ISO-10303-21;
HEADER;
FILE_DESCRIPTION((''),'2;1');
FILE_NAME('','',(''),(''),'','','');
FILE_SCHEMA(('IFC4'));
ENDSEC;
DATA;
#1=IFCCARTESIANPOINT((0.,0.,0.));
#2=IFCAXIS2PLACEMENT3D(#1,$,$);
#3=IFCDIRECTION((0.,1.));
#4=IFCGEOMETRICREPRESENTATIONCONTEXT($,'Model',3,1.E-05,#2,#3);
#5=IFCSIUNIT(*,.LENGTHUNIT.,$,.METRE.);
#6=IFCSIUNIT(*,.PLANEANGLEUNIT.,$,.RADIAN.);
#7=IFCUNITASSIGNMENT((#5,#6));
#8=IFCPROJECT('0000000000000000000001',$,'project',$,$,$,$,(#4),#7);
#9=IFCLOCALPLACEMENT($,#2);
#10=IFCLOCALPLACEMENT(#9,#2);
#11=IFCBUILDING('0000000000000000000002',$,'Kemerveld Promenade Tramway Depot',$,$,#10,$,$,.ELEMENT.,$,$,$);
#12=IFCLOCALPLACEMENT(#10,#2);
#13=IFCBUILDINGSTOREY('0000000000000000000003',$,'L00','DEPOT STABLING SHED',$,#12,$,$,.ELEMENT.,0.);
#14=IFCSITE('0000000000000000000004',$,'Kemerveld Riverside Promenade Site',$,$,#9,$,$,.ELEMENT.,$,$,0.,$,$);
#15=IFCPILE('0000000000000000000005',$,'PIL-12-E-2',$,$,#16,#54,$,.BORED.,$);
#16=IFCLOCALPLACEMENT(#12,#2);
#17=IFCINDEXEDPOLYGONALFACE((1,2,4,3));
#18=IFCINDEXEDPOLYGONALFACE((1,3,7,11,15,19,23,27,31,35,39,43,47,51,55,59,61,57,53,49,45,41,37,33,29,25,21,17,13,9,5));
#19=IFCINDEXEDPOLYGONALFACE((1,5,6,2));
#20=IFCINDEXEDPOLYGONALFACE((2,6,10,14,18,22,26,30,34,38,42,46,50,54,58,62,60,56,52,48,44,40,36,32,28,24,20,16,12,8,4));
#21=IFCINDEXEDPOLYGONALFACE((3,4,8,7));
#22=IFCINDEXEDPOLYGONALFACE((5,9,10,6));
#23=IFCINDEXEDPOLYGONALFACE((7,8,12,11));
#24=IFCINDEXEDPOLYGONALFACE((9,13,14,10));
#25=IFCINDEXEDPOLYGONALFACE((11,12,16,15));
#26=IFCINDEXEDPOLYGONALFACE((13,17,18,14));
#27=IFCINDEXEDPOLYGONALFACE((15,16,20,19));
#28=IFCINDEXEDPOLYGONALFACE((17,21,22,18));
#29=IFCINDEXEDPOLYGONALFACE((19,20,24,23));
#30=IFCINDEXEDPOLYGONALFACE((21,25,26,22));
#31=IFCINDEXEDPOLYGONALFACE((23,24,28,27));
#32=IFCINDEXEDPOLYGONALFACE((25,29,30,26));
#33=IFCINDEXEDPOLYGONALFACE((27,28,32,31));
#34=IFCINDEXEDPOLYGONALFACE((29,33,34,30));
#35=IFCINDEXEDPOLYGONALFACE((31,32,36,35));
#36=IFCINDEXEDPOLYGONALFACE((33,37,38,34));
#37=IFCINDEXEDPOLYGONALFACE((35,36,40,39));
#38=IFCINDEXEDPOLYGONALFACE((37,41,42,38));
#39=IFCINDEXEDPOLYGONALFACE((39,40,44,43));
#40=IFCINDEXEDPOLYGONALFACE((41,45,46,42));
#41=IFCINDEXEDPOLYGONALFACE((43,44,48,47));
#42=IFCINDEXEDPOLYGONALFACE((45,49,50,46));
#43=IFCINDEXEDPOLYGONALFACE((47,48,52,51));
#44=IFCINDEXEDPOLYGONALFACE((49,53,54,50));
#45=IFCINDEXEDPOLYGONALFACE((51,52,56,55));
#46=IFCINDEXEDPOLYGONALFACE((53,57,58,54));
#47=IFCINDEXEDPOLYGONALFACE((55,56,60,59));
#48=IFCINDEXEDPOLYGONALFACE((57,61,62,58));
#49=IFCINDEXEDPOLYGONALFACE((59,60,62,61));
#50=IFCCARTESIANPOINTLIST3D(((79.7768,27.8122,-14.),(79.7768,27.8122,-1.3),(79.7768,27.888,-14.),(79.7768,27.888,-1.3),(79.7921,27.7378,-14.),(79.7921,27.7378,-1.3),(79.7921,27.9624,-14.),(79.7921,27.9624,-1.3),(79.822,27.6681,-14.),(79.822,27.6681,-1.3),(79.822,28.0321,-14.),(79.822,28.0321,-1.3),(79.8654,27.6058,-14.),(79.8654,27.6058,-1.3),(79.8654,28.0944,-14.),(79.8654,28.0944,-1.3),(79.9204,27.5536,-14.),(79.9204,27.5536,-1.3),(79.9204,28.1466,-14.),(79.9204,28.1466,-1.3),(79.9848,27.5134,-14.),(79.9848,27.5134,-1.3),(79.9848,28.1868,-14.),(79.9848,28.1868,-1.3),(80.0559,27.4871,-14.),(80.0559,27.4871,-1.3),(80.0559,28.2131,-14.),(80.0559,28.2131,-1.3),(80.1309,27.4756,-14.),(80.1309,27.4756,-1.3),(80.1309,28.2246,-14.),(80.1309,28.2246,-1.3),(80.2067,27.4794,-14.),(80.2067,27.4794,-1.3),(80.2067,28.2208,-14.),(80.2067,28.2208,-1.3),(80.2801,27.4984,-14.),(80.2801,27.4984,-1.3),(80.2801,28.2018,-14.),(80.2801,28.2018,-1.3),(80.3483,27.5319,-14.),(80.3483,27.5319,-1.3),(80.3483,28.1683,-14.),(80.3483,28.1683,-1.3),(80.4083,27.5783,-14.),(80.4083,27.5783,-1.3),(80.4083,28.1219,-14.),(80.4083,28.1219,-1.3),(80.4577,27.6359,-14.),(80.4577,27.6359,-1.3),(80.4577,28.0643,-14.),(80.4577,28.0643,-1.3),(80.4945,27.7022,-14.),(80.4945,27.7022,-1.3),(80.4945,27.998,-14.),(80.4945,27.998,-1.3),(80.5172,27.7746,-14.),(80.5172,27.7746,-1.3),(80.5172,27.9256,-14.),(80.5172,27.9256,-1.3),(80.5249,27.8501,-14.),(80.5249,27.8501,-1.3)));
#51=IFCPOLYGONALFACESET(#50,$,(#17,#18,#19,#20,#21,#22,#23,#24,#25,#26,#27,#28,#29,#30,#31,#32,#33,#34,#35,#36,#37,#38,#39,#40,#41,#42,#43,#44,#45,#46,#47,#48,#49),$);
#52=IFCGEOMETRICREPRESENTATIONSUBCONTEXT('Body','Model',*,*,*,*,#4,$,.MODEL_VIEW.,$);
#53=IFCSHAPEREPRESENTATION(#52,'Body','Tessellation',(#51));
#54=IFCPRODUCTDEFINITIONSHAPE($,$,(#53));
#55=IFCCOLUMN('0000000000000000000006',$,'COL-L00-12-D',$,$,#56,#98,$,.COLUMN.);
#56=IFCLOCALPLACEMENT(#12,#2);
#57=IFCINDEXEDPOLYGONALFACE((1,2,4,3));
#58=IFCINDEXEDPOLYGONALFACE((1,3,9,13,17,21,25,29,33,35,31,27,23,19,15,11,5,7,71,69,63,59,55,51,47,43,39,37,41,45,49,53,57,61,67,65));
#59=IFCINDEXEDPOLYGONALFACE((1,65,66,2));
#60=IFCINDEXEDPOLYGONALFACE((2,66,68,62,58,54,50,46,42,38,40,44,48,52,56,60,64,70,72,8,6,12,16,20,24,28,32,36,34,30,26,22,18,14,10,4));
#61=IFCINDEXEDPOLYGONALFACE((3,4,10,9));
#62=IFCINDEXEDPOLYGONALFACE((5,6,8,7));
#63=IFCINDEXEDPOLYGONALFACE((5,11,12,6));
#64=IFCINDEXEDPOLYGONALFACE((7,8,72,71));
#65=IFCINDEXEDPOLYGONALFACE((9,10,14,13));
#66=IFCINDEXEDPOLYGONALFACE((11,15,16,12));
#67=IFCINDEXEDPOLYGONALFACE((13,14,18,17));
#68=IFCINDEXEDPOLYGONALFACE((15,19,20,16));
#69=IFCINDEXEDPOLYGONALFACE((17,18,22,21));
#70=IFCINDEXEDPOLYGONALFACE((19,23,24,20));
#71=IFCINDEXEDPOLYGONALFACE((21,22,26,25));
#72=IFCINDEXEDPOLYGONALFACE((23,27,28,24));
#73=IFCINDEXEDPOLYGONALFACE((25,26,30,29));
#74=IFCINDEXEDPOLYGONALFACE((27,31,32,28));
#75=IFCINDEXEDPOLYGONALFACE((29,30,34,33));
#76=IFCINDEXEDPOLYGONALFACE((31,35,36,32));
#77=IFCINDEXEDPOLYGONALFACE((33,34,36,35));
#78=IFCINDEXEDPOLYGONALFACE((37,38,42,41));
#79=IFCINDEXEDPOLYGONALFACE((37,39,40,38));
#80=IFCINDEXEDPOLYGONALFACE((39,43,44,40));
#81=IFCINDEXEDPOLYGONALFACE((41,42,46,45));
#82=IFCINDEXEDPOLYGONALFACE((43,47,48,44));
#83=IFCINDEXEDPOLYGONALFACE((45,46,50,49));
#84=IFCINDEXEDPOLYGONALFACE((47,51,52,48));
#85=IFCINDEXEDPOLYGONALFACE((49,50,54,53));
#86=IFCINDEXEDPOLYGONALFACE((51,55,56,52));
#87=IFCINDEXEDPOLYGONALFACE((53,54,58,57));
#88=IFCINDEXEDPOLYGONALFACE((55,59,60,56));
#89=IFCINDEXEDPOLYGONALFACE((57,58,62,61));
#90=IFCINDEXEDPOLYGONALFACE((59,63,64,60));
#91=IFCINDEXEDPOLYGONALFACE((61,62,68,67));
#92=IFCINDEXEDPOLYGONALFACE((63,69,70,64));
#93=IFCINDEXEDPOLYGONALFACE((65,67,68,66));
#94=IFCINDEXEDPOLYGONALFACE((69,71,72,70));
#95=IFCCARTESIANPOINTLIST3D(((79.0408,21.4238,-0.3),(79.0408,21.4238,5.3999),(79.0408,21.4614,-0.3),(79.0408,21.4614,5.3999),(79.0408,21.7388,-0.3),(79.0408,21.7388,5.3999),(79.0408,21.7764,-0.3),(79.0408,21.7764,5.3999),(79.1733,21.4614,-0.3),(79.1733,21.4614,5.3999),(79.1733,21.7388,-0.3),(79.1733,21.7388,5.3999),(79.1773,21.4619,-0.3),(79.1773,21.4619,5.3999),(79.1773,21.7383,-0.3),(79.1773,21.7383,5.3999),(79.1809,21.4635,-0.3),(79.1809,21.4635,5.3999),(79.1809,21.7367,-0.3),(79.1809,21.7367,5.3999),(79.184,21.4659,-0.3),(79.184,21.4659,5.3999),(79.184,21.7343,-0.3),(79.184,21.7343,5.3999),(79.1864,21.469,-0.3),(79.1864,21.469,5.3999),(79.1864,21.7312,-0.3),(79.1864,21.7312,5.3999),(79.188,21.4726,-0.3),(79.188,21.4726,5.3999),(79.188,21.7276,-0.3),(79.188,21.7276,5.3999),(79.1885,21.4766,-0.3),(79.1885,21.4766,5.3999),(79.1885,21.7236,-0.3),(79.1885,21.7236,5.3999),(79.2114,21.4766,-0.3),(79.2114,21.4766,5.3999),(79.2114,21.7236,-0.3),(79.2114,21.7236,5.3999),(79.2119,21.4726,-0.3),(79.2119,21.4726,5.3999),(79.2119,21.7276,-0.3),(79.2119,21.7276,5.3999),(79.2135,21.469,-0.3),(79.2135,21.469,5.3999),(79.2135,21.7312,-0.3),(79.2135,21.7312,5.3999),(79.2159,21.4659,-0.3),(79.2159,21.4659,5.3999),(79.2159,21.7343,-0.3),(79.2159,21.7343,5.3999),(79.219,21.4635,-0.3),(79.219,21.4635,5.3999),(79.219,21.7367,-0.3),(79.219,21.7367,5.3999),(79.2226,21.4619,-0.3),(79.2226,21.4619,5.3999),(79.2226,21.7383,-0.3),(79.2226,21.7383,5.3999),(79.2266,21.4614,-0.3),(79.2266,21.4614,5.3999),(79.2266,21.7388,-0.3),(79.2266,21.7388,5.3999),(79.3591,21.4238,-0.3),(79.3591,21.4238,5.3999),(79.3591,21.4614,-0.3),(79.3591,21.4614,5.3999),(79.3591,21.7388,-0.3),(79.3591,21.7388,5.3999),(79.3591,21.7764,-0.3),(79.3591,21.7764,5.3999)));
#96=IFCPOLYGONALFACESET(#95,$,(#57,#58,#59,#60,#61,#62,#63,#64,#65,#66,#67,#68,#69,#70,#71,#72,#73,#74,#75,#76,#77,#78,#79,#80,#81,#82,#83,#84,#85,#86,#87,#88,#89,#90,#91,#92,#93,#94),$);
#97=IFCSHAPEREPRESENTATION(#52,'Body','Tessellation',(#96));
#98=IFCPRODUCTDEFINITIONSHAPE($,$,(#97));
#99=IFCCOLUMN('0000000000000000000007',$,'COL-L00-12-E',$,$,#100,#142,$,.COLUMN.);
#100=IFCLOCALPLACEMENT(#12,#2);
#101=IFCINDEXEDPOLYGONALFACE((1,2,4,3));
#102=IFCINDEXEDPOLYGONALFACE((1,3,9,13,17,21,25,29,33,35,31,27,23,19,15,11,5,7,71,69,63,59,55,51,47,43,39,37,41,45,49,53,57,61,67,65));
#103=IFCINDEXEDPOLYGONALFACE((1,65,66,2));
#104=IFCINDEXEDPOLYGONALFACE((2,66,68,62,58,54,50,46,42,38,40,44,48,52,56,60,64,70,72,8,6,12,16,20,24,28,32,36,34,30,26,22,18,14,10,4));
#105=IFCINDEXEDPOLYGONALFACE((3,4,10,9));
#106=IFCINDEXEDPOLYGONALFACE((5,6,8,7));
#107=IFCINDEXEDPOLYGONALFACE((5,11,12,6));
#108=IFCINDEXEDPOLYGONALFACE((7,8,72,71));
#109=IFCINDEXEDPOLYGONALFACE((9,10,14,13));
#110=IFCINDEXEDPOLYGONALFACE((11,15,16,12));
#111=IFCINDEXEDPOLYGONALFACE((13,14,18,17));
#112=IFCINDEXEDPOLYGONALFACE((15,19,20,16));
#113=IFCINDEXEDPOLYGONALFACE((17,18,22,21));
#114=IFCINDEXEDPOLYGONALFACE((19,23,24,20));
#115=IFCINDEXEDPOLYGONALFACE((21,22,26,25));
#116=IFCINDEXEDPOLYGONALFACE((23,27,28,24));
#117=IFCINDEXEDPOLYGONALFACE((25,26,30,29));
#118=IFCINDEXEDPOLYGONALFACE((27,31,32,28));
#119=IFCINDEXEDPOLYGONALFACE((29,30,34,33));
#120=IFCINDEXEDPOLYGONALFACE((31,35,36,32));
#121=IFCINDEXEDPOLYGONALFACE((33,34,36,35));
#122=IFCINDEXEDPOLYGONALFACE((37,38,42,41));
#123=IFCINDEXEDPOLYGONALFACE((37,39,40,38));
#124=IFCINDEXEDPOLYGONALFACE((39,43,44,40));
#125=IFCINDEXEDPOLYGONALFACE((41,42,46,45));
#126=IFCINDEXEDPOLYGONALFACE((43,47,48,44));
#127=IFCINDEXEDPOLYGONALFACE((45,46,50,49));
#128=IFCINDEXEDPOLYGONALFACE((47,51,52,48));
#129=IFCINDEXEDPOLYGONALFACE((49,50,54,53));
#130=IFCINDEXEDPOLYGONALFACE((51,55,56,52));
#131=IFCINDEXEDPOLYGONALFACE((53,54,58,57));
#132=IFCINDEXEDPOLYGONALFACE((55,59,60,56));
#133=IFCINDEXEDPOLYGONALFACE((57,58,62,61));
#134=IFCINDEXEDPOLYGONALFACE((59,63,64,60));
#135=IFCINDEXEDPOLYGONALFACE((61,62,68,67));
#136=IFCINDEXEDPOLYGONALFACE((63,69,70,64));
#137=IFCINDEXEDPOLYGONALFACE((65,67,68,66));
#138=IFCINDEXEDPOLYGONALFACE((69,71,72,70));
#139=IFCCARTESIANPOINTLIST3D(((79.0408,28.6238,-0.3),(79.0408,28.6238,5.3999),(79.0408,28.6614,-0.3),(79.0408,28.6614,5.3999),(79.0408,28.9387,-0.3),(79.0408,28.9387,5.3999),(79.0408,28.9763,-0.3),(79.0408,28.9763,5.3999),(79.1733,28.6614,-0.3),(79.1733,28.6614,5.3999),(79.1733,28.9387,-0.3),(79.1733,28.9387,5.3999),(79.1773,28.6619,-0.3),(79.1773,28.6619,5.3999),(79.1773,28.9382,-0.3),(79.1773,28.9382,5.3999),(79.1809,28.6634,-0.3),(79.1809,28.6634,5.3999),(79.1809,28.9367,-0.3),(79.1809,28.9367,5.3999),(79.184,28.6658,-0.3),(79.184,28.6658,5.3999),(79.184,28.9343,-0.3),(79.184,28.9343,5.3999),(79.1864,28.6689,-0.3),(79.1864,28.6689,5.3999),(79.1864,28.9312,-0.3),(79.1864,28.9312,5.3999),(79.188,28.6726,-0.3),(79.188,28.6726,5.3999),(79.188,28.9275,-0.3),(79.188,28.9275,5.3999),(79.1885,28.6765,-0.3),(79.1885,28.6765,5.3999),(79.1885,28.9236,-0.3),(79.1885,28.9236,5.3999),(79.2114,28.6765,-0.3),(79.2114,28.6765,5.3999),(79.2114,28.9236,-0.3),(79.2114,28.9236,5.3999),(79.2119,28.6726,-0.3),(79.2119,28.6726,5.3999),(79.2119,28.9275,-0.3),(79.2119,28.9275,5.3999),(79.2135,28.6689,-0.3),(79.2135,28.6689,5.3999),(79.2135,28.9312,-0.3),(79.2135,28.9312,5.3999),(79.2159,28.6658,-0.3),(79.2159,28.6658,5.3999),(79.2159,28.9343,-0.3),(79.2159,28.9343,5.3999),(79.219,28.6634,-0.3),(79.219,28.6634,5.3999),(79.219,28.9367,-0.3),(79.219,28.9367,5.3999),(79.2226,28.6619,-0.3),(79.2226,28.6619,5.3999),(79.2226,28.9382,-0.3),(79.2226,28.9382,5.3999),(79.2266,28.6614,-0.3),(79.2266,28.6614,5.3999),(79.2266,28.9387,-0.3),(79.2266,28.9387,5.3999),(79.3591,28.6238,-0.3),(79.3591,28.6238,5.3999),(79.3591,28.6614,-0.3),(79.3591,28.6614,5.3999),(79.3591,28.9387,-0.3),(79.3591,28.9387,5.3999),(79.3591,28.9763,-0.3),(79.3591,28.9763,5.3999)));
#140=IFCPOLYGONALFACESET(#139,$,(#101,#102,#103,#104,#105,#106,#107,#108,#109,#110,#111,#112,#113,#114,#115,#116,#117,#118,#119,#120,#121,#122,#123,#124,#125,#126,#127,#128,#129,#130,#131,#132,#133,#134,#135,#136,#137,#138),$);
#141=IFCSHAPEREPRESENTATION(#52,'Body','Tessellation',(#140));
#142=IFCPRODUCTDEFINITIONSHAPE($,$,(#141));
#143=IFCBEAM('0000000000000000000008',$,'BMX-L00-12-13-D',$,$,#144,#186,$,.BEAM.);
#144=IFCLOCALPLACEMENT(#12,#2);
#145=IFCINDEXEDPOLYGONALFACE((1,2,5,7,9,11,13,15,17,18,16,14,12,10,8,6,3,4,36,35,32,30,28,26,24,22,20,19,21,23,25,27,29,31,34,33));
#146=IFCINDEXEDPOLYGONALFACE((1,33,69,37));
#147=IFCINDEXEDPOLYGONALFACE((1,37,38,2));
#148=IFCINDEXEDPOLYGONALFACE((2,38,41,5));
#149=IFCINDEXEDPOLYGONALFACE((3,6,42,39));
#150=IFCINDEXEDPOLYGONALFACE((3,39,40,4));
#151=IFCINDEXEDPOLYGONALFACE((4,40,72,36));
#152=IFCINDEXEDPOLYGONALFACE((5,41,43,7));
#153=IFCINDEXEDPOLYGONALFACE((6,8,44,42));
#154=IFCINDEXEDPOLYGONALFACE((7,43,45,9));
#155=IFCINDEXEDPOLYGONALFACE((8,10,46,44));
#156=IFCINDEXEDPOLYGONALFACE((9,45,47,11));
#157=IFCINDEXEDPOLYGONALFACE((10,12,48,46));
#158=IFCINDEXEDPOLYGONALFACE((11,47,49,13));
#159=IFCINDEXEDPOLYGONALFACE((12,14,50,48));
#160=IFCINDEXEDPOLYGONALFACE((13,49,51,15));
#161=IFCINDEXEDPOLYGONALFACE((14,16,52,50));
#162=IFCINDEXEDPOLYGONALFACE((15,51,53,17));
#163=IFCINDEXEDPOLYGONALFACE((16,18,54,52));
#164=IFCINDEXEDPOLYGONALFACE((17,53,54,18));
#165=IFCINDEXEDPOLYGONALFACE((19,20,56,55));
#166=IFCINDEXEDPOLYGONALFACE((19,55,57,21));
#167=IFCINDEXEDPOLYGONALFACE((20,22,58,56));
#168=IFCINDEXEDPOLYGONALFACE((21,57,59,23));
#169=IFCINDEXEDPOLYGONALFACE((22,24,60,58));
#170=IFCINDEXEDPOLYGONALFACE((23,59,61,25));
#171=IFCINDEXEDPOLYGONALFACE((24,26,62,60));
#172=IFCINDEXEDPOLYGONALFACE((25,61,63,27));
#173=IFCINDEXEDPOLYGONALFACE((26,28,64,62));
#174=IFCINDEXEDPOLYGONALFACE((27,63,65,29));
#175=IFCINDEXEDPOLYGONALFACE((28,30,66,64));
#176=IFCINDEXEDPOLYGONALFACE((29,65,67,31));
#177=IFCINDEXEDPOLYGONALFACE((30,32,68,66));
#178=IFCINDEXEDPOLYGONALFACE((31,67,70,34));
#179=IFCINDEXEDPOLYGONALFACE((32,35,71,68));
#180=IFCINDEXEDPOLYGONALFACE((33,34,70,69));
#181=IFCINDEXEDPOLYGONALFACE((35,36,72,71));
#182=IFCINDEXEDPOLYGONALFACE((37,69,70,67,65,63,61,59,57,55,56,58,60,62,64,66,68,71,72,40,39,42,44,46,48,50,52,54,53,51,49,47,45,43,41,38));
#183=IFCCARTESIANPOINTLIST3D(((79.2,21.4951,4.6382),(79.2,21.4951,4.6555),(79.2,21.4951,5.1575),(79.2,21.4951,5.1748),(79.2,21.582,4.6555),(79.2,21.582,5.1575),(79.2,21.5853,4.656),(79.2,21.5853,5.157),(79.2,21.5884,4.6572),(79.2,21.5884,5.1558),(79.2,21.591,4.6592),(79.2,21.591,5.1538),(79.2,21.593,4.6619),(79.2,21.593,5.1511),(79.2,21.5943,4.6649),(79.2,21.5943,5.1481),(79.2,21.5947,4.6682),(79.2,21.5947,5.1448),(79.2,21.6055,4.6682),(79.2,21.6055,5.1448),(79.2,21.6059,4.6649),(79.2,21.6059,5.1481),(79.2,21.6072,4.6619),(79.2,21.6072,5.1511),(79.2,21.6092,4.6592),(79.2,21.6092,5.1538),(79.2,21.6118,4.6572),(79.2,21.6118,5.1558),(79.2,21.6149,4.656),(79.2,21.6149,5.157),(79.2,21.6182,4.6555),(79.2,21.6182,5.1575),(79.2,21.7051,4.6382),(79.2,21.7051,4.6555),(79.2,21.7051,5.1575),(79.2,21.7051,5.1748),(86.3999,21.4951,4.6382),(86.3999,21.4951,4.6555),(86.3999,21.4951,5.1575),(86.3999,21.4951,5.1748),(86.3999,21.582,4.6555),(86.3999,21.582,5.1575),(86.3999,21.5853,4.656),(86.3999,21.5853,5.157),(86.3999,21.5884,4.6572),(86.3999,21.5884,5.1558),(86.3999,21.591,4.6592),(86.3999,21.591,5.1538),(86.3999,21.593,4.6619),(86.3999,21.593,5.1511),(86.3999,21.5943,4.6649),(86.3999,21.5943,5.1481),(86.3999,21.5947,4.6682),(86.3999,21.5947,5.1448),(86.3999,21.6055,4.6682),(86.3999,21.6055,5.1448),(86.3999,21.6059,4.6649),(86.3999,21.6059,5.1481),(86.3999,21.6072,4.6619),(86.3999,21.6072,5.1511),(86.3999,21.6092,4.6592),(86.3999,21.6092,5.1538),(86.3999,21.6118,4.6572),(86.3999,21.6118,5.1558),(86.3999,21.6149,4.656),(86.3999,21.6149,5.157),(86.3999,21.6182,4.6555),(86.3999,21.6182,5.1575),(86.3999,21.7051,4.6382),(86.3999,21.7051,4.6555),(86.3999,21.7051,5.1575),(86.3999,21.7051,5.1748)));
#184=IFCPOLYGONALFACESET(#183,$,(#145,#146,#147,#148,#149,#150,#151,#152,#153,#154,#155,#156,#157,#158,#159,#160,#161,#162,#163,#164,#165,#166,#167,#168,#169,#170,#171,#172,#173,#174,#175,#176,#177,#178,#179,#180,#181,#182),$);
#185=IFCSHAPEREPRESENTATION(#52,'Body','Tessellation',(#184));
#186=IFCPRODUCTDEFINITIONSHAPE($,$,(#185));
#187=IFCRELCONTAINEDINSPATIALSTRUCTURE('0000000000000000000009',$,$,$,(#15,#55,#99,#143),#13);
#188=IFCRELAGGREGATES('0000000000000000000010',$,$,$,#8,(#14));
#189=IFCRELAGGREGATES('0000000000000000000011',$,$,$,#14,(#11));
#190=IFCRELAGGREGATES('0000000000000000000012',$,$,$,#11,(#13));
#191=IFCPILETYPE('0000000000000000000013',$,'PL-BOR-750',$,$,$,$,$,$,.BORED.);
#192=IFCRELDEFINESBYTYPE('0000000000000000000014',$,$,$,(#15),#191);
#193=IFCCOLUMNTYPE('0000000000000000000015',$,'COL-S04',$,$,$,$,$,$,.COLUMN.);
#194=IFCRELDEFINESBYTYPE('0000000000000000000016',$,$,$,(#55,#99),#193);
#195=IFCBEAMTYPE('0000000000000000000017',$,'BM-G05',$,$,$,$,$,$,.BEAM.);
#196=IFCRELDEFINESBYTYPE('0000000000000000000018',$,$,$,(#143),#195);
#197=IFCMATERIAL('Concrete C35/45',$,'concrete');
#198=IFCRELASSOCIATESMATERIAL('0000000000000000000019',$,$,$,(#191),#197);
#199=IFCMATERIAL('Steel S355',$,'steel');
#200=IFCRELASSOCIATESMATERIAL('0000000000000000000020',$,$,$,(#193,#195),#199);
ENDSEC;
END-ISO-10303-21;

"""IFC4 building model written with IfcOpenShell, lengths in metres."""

from ifc_helpers import new_model, si_unit, direction, frame, origin, origin_2d, place, context, subcontext, project, spatial, circle, i_section, extrude, material, material_profile, profile_set, type_object, element, save


model = new_model("IFC4")

# Units and contexts
model_context = context("Model", 3, precision=1e-05, world=origin(), true_north=direction((0.0, 1.0)))
body_context = subcontext(model_context, "Body", "Model", "MODEL_VIEW")
ifc_project = project(units=[si_unit("LENGTHUNIT", "METRE"), si_unit("PLANEANGLEUNIT", "RADIAN")], contexts=[model_context])

# Site, building, storey
site_placement = place(None, origin())
site = spatial("IfcSite", under=ifc_project, at=site_placement, Name="Kemerveld Riverside Promenade Site", CompositionType="ELEMENT", RefElevation=0.0)
building_placement = place(site_placement, origin())
building = spatial("IfcBuilding", under=site, at=building_placement, Name="Kemerveld Promenade Tramway Depot", CompositionType="ELEMENT")
storey_placement = place(building_placement, origin())
storey = spatial("IfcBuildingStorey", under=building, at=storey_placement, Name="L00", Description="DEPOT STABLING SHED", CompositionType="ELEMENT", Elevation=0.0)

# Shared definitions
ifc_material_1 = material(Name="Concrete C35/45", Category="concrete")

# Pile
ifc_material_profile_1 = material_profile(ifc_material_1, circle(Radius=0.375, at=origin_2d()), Name="PILE-D750")
ifc_profile_set_1 = profile_set([ifc_material_profile_1], Name="Concrete C35/45")
pile_type = type_object("IfcPileType", Name="PL-BOR-750", PredefinedType="BORED", material=ifc_profile_set_1)
for number, where, z_axis, x_axis, name in (
    (1, (80.1499, 27.8501, -1.3), (0.0, 0.0, -1.0), (1.0, 0.0, 0.0), "PIL-12-E-2"),
):
    element("IfcPile", number, at=place(storey_placement, frame(where, z_axis=z_axis, x_axis=x_axis)), inside=storey, type_object=pile_type, Name=name, PredefinedType="BORED", context=body_context, shape_type="SweptSolid", body=[
        extrude(circle(Radius=0.375, at=origin_2d()), origin(), (0.0, 0.0, 1.0), 12.7),
    ])

# Columns
ifc_material_2 = material(Name="Steel S355", Category="steel")
ifc_material_profile_2 = material_profile(ifc_material_2, i_section(OverallWidth=0.3184, OverallDepth=0.3525, WebThickness=0.0229, FlangeThickness=0.0376, FilletRadius=0.0151, at=origin_2d()), Name="305x305x240 UC")
ifc_profile_set_2 = profile_set([ifc_material_profile_2], Name="Steel S355")
column_type = type_object("IfcColumnType", Name="COL-S04", PredefinedType="COLUMN", material=ifc_profile_set_2)
for number, where, z_axis, x_axis, name in (
    (2, (79.2, 21.6001, -0.3), (0.0, 0.0, 1.0), (1.0, 0.0, 0.0), "COL-L00-12-D"),
    (3, (79.2, 28.8, -0.3), (0.0, 0.0, 1.0), (1.0, 0.0, 0.0), "COL-L00-12-E"),
):
    element("IfcColumn", number, at=place(storey_placement, frame(where, z_axis=z_axis, x_axis=x_axis)), inside=storey, type_object=column_type, Name=name, PredefinedType="COLUMN", context=body_context, shape_type="SweptSolid", body=[
        extrude(i_section(OverallWidth=0.3184, OverallDepth=0.3525, WebThickness=0.0229, FlangeThickness=0.0376, FilletRadius=0.0151, at=origin_2d()), origin(), (0.0, 0.0, 1.0), 5.7),
    ])

# Beam
ifc_material_profile_3 = material_profile(ifc_material_2, i_section(OverallWidth=0.21, OverallDepth=0.5366, WebThickness=0.0107, FlangeThickness=0.0173, FilletRadius=0.0127, at=origin_2d()), Name="533x210x101 UB")
ifc_profile_set_3 = profile_set([ifc_material_profile_3], Name="Steel S355")
beam_type_1 = type_object("IfcBeamType", Name="BM-G05", PredefinedType="BEAM", material=ifc_profile_set_3)
beam_1_placement = place(storey_placement, frame((79.2, 21.6001, 4.9065), z_axis=(1.0, 0.0, 0.0), x_axis=(0.0, 1.0, 0.0)))
element("IfcBeam", 4, at=beam_1_placement, inside=storey, type_object=beam_type_1, Name="BMX-L00-12-13-D", PredefinedType="BEAM", context=body_context, shape_type="SweptSolid", body=[
    extrude(i_section(OverallWidth=0.21, OverallDepth=0.5366, WebThickness=0.0107, FlangeThickness=0.0173, FilletRadius=0.0127, at=origin_2d()), origin(), (0.0, 0.0, 1.0), 7.2),
])

save(model, "model.ifc")
